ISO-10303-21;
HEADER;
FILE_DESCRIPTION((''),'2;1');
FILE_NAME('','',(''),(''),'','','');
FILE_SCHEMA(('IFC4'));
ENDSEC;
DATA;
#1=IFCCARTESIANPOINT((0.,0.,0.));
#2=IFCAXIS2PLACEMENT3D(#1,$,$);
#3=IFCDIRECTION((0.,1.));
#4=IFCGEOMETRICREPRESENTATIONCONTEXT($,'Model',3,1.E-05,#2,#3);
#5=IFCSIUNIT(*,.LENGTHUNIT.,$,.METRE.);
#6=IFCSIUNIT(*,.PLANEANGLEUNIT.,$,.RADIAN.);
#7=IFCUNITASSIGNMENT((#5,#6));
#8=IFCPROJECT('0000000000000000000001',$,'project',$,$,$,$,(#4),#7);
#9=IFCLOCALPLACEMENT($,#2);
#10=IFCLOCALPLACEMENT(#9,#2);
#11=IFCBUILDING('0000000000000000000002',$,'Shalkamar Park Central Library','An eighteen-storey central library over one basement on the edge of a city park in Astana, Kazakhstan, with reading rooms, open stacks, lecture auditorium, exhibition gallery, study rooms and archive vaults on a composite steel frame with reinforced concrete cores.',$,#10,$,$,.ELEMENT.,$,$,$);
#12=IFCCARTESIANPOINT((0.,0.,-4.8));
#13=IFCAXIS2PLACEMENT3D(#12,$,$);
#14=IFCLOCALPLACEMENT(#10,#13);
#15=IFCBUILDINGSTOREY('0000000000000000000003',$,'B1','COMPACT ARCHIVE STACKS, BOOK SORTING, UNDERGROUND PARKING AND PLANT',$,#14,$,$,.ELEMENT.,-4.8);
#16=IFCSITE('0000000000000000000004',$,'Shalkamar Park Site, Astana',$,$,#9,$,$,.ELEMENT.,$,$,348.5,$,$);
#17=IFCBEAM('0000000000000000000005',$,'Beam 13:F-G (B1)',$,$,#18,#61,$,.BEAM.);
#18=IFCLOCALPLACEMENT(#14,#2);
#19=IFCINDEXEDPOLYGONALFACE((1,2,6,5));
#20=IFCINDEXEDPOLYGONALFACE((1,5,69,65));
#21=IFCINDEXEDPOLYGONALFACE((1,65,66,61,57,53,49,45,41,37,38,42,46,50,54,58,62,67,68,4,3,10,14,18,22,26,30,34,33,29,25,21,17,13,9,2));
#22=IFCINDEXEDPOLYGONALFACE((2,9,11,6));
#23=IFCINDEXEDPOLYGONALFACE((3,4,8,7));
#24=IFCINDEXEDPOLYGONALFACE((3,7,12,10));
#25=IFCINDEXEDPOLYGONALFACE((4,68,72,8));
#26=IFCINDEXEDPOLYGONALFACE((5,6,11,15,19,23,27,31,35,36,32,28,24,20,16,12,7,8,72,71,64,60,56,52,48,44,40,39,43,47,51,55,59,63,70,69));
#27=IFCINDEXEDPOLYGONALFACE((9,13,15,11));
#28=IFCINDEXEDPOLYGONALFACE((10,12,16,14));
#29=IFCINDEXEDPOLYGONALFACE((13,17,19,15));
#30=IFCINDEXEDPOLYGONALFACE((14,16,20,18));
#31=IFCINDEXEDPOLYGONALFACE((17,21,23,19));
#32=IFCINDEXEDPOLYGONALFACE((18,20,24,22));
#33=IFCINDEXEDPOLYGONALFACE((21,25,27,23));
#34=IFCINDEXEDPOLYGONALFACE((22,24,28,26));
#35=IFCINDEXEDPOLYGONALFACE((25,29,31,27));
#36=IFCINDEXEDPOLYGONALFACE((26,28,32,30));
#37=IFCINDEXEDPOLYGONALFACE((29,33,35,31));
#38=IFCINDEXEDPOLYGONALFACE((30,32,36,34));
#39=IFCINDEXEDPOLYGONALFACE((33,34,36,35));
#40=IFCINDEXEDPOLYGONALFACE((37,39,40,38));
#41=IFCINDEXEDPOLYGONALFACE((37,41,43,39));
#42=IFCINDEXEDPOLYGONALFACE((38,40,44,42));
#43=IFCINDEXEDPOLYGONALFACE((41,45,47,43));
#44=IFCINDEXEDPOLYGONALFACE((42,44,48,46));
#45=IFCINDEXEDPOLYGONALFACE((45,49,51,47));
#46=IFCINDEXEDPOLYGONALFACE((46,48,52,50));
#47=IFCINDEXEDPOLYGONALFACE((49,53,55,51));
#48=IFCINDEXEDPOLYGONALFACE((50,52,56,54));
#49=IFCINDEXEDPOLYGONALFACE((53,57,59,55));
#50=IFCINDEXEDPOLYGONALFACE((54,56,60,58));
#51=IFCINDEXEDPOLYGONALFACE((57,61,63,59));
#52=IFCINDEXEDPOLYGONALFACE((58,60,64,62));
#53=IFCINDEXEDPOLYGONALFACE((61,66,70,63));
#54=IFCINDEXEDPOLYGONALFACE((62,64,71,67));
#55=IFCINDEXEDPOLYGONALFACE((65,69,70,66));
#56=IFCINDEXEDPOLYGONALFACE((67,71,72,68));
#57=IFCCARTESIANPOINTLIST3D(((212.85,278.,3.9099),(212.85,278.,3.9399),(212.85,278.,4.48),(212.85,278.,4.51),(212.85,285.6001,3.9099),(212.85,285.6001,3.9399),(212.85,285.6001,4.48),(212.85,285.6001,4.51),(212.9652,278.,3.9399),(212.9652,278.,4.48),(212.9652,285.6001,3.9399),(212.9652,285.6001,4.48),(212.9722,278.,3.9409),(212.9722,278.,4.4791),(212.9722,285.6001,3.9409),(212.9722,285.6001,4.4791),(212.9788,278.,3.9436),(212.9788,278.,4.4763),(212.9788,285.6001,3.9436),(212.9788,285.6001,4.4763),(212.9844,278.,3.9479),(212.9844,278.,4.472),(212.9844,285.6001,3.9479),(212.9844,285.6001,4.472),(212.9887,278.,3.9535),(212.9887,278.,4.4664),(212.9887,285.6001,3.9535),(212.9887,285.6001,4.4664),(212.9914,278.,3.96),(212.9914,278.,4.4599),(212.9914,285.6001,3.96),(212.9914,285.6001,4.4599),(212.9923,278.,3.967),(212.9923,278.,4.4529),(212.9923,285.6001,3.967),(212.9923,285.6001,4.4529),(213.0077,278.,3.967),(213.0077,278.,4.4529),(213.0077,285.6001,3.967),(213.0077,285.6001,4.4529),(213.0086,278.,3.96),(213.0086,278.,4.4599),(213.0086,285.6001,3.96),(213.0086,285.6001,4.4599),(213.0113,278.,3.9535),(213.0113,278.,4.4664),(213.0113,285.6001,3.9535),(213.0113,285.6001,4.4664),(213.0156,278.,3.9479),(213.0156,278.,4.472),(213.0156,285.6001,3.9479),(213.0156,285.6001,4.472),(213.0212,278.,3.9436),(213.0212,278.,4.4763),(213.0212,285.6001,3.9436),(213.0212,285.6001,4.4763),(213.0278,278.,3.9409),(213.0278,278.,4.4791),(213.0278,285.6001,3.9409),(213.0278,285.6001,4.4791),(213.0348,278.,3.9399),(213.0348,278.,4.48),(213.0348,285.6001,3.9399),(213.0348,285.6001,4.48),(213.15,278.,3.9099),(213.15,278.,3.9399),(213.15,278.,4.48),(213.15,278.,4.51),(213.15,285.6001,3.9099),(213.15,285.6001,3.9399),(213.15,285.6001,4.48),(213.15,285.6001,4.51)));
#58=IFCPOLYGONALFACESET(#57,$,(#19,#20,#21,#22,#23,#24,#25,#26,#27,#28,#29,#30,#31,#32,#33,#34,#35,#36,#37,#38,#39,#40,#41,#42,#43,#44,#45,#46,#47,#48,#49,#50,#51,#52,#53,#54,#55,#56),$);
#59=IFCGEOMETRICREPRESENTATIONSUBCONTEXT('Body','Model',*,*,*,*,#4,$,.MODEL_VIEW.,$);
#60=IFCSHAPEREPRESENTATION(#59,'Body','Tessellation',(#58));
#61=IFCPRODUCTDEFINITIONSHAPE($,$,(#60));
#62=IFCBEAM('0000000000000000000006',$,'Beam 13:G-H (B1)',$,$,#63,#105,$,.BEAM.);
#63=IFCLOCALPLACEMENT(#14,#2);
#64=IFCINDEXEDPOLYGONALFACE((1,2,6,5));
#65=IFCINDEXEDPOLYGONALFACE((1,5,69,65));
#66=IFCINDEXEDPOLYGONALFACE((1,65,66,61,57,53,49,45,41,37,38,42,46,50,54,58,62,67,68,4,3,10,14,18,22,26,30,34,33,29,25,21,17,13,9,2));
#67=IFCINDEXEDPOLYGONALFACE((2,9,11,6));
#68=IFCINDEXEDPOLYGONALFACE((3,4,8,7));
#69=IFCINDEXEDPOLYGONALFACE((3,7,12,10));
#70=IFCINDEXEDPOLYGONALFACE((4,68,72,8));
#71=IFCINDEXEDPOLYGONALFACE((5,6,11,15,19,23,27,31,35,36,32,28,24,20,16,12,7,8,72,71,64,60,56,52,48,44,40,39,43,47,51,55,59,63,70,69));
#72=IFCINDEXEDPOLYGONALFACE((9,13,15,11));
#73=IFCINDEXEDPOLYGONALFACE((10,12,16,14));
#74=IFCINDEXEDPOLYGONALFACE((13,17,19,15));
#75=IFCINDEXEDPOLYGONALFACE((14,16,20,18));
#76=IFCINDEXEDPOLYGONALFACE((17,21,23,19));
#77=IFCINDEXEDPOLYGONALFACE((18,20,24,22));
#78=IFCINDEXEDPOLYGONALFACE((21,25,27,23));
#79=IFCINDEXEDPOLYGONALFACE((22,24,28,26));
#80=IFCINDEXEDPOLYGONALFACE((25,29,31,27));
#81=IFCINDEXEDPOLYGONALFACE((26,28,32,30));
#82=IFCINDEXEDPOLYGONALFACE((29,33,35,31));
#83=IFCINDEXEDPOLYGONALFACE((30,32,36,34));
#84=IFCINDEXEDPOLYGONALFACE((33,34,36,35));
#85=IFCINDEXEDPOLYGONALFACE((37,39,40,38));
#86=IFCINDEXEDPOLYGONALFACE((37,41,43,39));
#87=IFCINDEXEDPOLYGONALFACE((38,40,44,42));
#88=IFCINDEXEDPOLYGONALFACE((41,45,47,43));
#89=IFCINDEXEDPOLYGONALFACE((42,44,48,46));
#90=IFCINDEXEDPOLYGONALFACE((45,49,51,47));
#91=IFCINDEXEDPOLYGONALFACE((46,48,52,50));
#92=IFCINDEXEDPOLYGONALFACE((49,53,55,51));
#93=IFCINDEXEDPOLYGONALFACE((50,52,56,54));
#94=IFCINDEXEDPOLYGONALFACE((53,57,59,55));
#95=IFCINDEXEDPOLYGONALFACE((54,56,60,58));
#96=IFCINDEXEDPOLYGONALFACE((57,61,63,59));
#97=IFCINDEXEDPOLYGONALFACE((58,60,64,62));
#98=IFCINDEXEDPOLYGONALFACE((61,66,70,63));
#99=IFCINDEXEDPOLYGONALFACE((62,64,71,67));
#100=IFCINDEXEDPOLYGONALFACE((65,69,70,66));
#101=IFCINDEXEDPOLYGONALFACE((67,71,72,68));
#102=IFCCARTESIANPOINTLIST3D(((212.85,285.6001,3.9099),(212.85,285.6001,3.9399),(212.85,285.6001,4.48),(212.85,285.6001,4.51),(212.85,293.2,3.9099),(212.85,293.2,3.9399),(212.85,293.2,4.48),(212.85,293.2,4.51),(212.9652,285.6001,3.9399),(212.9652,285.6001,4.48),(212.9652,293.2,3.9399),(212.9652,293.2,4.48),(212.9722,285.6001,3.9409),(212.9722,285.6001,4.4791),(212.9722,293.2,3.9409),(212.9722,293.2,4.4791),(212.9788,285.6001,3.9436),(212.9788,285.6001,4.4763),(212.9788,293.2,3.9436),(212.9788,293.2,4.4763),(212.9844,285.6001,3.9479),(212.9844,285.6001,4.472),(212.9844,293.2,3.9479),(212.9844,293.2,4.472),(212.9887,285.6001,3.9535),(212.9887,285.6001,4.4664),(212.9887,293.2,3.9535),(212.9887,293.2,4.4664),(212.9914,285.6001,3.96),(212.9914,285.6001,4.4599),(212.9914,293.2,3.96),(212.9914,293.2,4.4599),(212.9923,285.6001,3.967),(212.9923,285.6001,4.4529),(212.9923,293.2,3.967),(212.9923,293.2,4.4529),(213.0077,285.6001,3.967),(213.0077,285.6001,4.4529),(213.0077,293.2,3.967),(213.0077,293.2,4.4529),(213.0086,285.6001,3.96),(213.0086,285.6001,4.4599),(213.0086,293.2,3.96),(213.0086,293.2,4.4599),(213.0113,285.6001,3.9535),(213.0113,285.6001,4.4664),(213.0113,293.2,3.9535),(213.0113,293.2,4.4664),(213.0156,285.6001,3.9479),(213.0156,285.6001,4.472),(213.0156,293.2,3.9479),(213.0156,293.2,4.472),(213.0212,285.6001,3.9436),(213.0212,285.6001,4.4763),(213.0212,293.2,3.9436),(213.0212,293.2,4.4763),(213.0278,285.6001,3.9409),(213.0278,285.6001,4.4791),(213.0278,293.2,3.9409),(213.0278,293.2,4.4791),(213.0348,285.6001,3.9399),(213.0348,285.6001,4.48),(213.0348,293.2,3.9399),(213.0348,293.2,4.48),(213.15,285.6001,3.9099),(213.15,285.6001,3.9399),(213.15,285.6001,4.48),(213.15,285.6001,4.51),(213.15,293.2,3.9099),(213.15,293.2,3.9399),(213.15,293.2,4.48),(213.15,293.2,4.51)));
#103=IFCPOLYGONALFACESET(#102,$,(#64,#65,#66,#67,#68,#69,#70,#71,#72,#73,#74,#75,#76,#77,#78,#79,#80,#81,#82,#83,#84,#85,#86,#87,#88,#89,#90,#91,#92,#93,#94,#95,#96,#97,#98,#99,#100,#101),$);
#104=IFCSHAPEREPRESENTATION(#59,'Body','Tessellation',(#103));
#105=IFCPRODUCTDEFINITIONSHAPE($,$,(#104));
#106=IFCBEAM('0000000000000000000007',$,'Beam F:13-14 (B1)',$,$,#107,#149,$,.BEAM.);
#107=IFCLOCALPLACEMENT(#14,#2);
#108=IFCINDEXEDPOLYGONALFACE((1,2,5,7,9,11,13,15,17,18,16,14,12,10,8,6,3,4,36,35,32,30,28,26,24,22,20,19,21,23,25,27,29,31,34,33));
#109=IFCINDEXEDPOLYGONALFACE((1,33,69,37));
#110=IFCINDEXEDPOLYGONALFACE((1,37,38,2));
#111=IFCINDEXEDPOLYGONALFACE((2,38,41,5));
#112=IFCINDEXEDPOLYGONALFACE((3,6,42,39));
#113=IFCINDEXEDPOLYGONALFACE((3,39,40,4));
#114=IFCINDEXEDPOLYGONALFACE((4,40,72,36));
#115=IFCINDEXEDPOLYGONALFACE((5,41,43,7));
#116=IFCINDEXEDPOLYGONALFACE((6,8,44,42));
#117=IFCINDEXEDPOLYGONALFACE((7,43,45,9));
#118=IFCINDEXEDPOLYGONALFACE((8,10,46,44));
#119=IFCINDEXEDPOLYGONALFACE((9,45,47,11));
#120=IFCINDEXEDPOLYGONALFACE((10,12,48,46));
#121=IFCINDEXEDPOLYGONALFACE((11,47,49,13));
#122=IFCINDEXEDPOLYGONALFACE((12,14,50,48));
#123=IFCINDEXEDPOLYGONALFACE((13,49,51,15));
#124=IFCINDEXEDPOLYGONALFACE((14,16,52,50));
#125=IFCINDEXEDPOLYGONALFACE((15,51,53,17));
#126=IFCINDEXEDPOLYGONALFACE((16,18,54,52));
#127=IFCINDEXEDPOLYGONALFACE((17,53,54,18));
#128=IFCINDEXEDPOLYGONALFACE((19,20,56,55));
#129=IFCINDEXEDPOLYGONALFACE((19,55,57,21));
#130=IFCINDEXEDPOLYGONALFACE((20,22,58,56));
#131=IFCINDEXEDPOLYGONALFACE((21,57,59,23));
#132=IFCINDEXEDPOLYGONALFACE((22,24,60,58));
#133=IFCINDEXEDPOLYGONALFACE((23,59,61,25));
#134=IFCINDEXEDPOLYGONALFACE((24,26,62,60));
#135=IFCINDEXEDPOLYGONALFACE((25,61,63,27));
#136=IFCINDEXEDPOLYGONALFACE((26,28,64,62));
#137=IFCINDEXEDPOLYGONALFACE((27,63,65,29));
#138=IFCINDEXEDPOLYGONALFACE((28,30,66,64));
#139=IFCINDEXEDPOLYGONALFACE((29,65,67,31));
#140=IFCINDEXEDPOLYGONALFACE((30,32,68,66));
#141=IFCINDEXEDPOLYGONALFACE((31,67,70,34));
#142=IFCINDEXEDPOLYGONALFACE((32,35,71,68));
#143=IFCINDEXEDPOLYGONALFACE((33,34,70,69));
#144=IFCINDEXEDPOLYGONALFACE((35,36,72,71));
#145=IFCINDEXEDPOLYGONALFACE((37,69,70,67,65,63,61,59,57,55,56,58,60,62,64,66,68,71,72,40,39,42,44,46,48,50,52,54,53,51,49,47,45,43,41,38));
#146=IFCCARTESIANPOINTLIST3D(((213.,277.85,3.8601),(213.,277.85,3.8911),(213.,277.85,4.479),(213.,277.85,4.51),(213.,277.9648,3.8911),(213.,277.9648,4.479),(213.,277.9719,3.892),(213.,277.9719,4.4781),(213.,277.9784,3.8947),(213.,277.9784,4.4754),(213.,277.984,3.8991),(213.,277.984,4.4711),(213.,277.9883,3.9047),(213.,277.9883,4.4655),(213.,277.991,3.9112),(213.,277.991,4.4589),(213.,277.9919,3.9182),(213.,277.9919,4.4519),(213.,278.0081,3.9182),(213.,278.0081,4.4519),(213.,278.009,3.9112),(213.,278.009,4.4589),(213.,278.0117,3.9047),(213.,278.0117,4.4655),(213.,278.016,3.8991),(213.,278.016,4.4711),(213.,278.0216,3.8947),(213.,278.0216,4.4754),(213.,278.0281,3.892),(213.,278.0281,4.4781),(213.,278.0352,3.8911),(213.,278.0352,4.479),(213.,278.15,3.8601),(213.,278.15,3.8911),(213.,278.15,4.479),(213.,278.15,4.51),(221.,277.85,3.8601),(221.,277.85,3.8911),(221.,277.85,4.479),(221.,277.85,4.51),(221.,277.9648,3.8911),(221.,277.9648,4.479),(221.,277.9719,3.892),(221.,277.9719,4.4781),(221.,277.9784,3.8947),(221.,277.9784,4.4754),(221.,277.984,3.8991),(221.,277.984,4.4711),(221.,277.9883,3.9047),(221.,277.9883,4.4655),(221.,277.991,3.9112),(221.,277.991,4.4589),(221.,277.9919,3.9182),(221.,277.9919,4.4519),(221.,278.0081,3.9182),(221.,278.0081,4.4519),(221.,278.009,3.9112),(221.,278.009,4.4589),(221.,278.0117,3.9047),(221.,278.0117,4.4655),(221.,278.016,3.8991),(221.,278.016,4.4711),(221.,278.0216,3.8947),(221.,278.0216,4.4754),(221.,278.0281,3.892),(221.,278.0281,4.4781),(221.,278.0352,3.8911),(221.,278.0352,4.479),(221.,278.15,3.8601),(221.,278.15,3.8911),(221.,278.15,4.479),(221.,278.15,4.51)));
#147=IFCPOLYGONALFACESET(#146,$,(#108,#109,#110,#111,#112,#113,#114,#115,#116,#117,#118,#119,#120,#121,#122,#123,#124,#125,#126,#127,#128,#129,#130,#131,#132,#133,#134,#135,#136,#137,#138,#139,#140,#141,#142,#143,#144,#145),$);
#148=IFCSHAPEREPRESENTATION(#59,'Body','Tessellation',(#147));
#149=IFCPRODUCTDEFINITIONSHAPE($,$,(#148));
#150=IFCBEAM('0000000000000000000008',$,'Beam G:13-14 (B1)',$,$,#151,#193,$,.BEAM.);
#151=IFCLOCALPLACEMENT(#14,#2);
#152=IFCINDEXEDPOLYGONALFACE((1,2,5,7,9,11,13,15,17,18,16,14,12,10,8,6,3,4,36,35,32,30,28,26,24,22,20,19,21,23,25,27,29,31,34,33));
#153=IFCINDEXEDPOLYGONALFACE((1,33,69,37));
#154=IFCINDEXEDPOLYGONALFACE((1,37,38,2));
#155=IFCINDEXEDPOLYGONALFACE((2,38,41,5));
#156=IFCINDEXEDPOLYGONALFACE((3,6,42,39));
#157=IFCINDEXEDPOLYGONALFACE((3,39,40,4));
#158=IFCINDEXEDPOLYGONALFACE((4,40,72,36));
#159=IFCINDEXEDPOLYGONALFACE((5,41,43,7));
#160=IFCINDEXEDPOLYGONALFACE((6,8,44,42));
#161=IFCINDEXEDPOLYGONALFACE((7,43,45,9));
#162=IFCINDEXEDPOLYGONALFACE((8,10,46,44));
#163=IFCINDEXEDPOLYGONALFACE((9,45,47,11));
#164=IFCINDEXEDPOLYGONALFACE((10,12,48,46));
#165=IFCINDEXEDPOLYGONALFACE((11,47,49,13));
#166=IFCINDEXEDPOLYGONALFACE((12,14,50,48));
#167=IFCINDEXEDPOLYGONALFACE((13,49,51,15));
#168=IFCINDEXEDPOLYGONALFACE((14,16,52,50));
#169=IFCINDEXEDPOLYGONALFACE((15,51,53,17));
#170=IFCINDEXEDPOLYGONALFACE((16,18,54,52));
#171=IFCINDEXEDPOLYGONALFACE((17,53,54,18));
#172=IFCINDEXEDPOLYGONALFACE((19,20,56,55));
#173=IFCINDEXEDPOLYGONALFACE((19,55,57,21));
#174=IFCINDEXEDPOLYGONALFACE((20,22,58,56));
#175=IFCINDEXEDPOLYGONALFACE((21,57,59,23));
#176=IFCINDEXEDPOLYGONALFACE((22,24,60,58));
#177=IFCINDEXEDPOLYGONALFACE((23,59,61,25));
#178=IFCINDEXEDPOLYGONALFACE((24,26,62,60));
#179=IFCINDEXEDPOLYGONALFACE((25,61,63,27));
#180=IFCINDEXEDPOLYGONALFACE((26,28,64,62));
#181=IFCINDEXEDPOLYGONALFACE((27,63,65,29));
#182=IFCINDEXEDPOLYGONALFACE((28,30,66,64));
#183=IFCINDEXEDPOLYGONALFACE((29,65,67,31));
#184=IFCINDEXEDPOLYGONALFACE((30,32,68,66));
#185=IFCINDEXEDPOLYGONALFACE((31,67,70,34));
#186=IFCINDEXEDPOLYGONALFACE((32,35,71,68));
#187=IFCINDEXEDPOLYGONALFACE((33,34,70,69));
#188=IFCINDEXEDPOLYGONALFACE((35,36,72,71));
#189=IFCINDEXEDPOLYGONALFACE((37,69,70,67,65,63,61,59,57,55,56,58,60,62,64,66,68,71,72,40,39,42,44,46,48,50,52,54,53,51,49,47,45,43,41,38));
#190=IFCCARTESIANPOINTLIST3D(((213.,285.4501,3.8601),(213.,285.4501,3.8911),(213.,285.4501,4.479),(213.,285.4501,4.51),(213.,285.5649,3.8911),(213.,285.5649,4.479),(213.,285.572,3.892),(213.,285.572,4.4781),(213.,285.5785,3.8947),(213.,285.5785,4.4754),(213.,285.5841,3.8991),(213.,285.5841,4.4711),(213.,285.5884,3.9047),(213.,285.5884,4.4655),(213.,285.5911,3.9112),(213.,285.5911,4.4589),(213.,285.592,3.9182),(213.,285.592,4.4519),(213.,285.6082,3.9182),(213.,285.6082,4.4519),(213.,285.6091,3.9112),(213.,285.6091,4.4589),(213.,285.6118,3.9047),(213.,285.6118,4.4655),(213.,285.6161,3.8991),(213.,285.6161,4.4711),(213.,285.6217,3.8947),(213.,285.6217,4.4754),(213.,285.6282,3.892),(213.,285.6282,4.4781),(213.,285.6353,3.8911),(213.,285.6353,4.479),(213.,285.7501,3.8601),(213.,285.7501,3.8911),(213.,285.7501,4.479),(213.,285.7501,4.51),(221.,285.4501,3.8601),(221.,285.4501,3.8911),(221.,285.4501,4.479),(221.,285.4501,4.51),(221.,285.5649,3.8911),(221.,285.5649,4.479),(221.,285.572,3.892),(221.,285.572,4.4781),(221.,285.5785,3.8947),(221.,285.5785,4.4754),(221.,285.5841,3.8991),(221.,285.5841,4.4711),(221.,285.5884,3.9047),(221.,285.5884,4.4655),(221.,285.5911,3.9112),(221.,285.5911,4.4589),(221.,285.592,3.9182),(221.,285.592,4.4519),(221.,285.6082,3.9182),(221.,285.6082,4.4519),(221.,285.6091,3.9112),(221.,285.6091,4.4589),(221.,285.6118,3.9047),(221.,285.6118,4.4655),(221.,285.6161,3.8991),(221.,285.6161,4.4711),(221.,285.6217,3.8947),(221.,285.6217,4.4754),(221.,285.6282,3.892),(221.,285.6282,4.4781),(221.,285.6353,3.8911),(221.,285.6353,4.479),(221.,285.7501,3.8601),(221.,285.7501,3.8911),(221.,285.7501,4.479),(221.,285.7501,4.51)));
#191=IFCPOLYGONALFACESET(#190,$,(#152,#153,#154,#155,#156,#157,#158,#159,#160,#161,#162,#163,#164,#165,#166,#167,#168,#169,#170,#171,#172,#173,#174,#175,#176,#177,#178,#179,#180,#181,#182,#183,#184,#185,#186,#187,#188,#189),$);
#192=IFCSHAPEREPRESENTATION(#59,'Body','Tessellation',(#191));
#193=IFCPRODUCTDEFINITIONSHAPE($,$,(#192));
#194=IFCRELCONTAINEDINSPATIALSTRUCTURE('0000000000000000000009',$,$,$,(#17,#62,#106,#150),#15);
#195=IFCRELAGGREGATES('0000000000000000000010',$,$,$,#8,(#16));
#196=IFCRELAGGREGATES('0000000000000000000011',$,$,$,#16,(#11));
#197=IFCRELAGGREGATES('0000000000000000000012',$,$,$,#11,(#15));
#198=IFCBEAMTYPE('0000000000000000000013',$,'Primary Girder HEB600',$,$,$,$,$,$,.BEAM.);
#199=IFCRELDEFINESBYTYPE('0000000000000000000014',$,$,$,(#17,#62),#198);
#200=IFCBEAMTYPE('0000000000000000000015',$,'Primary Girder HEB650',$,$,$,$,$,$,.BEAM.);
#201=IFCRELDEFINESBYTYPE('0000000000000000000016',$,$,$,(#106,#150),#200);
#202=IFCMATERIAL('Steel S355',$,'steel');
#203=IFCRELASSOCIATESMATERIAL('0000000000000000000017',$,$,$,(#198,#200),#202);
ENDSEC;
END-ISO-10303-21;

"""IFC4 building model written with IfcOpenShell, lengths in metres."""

from ifc_helpers import new_model, si_unit, direction, frame, origin, origin_2d, place, context, subcontext, project, spatial, i_section, extrude, material, material_profile, profile_set, type_object, element, save


model = new_model("IFC4")

# Units and contexts
model_context = context("Model", 3, precision=1e-05, world=origin(), true_north=direction((0.0, 1.0)))
body_context = subcontext(model_context, "Body", "Model", "MODEL_VIEW")
ifc_project = project(units=[si_unit("LENGTHUNIT", "METRE"), si_unit("PLANEANGLEUNIT", "RADIAN")], contexts=[model_context])

# Site, building, storey
site_placement = place(None, origin())
site = spatial("IfcSite", under=ifc_project, at=site_placement, Name="Shalkamar Park Site, Astana", CompositionType="ELEMENT", RefElevation=348.5)
building_placement = place(site_placement, origin())
building = spatial("IfcBuilding", under=site, at=building_placement, Name="Shalkamar Park Central Library", Description="An eighteen-storey central library over one basement on the edge of a city park in Astana, Kazakhstan, with reading rooms, open stacks, lecture auditorium, exhibition gallery, study rooms and archive vaults on a composite steel frame with reinforced concrete cores.", CompositionType="ELEMENT")
storey_placement = place(building_placement, frame((0.0, 0.0, -4.8)))
storey = spatial("IfcBuildingStorey", under=building, at=storey_placement, Name="B1", Description="COMPACT ARCHIVE STACKS, BOOK SORTING, UNDERGROUND PARKING AND PLANT", CompositionType="ELEMENT", Elevation=-4.8)

# Shared definitions
ifc_material_1 = material(Name="Steel S355", Category="steel")

# Beams
ifc_material_profile_1 = material_profile(ifc_material_1, i_section(OverallWidth=0.3, OverallDepth=0.6001, WebThickness=0.0154, FlangeThickness=0.03, FilletRadius=0.0271, at=origin_2d()), Name="HEB 600")
ifc_profile_set_1 = profile_set([ifc_material_profile_1], Name="Steel S355")
beam_type_1 = type_object("IfcBeamType", Name="Primary Girder HEB600", PredefinedType="BEAM", material=ifc_profile_set_1)
beam_1_placement = place(storey_placement, frame((213.0, 278.0, 4.21), z_axis=(0.0, 1.0, 0.0), x_axis=(-1.0, 0.0, 0.0)))
element("IfcBeam", 1, at=beam_1_placement, inside=storey, type_object=beam_type_1, Name="Beam 13:F-G (B1)", PredefinedType="BEAM", context=body_context, shape_type="SweptSolid", body=[
    extrude(i_section(OverallWidth=0.3, OverallDepth=0.6001, WebThickness=0.0154, FlangeThickness=0.03, FilletRadius=0.0271, at=origin_2d()), origin(), (0.0, 0.0, 1.0), 7.6001),
])
beam_2_placement = place(storey_placement, frame((213.0, 285.6001, 4.21), z_axis=(0.0, 1.0, 0.0), x_axis=(-1.0, 0.0, 0.0)))
element("IfcBeam", 2, at=beam_2_placement, inside=storey, type_object=beam_type_1, Name="Beam 13:G-H (B1)", PredefinedType="BEAM", context=body_context, shape_type="SweptSolid", body=[
    extrude(i_section(OverallWidth=0.3, OverallDepth=0.6001, WebThickness=0.0154, FlangeThickness=0.03, FilletRadius=0.0271, at=origin_2d()), origin(), (0.0, 0.0, 1.0), 7.5999),
])
ifc_material_profile_2 = material_profile(ifc_material_1, i_section(OverallWidth=0.3, OverallDepth=0.6499, WebThickness=0.0161, FlangeThickness=0.031, FilletRadius=0.0271, at=origin_2d()), Name="HEB 650")
ifc_profile_set_2 = profile_set([ifc_material_profile_2], Name="Steel S355")
beam_type_2 = type_object("IfcBeamType", Name="Primary Girder HEB650", PredefinedType="BEAM", material=ifc_profile_set_2)
for number, where, z_axis, x_axis, name in (
    (3, (213.0, 278.0, 4.1851), (1.0, 0.0, 0.0), (0.0, 1.0, 0.0), "Beam F:13-14 (B1)"),
    (4, (213.0, 285.6001, 4.1851), (1.0, 0.0, 0.0), (0.0, 1.0, 0.0), "Beam G:13-14 (B1)"),
):
    element("IfcBeam", number, at=place(storey_placement, frame(where, z_axis=z_axis, x_axis=x_axis)), inside=storey, type_object=beam_type_2, Name=name, PredefinedType="BEAM", context=body_context, shape_type="SweptSolid", body=[
        extrude(i_section(OverallWidth=0.3, OverallDepth=0.6499, WebThickness=0.0161, FlangeThickness=0.031, FilletRadius=0.0271, at=origin_2d()), origin(), (0.0, 0.0, 1.0), 8.0),
    ])

save(model, "model.ifc")
